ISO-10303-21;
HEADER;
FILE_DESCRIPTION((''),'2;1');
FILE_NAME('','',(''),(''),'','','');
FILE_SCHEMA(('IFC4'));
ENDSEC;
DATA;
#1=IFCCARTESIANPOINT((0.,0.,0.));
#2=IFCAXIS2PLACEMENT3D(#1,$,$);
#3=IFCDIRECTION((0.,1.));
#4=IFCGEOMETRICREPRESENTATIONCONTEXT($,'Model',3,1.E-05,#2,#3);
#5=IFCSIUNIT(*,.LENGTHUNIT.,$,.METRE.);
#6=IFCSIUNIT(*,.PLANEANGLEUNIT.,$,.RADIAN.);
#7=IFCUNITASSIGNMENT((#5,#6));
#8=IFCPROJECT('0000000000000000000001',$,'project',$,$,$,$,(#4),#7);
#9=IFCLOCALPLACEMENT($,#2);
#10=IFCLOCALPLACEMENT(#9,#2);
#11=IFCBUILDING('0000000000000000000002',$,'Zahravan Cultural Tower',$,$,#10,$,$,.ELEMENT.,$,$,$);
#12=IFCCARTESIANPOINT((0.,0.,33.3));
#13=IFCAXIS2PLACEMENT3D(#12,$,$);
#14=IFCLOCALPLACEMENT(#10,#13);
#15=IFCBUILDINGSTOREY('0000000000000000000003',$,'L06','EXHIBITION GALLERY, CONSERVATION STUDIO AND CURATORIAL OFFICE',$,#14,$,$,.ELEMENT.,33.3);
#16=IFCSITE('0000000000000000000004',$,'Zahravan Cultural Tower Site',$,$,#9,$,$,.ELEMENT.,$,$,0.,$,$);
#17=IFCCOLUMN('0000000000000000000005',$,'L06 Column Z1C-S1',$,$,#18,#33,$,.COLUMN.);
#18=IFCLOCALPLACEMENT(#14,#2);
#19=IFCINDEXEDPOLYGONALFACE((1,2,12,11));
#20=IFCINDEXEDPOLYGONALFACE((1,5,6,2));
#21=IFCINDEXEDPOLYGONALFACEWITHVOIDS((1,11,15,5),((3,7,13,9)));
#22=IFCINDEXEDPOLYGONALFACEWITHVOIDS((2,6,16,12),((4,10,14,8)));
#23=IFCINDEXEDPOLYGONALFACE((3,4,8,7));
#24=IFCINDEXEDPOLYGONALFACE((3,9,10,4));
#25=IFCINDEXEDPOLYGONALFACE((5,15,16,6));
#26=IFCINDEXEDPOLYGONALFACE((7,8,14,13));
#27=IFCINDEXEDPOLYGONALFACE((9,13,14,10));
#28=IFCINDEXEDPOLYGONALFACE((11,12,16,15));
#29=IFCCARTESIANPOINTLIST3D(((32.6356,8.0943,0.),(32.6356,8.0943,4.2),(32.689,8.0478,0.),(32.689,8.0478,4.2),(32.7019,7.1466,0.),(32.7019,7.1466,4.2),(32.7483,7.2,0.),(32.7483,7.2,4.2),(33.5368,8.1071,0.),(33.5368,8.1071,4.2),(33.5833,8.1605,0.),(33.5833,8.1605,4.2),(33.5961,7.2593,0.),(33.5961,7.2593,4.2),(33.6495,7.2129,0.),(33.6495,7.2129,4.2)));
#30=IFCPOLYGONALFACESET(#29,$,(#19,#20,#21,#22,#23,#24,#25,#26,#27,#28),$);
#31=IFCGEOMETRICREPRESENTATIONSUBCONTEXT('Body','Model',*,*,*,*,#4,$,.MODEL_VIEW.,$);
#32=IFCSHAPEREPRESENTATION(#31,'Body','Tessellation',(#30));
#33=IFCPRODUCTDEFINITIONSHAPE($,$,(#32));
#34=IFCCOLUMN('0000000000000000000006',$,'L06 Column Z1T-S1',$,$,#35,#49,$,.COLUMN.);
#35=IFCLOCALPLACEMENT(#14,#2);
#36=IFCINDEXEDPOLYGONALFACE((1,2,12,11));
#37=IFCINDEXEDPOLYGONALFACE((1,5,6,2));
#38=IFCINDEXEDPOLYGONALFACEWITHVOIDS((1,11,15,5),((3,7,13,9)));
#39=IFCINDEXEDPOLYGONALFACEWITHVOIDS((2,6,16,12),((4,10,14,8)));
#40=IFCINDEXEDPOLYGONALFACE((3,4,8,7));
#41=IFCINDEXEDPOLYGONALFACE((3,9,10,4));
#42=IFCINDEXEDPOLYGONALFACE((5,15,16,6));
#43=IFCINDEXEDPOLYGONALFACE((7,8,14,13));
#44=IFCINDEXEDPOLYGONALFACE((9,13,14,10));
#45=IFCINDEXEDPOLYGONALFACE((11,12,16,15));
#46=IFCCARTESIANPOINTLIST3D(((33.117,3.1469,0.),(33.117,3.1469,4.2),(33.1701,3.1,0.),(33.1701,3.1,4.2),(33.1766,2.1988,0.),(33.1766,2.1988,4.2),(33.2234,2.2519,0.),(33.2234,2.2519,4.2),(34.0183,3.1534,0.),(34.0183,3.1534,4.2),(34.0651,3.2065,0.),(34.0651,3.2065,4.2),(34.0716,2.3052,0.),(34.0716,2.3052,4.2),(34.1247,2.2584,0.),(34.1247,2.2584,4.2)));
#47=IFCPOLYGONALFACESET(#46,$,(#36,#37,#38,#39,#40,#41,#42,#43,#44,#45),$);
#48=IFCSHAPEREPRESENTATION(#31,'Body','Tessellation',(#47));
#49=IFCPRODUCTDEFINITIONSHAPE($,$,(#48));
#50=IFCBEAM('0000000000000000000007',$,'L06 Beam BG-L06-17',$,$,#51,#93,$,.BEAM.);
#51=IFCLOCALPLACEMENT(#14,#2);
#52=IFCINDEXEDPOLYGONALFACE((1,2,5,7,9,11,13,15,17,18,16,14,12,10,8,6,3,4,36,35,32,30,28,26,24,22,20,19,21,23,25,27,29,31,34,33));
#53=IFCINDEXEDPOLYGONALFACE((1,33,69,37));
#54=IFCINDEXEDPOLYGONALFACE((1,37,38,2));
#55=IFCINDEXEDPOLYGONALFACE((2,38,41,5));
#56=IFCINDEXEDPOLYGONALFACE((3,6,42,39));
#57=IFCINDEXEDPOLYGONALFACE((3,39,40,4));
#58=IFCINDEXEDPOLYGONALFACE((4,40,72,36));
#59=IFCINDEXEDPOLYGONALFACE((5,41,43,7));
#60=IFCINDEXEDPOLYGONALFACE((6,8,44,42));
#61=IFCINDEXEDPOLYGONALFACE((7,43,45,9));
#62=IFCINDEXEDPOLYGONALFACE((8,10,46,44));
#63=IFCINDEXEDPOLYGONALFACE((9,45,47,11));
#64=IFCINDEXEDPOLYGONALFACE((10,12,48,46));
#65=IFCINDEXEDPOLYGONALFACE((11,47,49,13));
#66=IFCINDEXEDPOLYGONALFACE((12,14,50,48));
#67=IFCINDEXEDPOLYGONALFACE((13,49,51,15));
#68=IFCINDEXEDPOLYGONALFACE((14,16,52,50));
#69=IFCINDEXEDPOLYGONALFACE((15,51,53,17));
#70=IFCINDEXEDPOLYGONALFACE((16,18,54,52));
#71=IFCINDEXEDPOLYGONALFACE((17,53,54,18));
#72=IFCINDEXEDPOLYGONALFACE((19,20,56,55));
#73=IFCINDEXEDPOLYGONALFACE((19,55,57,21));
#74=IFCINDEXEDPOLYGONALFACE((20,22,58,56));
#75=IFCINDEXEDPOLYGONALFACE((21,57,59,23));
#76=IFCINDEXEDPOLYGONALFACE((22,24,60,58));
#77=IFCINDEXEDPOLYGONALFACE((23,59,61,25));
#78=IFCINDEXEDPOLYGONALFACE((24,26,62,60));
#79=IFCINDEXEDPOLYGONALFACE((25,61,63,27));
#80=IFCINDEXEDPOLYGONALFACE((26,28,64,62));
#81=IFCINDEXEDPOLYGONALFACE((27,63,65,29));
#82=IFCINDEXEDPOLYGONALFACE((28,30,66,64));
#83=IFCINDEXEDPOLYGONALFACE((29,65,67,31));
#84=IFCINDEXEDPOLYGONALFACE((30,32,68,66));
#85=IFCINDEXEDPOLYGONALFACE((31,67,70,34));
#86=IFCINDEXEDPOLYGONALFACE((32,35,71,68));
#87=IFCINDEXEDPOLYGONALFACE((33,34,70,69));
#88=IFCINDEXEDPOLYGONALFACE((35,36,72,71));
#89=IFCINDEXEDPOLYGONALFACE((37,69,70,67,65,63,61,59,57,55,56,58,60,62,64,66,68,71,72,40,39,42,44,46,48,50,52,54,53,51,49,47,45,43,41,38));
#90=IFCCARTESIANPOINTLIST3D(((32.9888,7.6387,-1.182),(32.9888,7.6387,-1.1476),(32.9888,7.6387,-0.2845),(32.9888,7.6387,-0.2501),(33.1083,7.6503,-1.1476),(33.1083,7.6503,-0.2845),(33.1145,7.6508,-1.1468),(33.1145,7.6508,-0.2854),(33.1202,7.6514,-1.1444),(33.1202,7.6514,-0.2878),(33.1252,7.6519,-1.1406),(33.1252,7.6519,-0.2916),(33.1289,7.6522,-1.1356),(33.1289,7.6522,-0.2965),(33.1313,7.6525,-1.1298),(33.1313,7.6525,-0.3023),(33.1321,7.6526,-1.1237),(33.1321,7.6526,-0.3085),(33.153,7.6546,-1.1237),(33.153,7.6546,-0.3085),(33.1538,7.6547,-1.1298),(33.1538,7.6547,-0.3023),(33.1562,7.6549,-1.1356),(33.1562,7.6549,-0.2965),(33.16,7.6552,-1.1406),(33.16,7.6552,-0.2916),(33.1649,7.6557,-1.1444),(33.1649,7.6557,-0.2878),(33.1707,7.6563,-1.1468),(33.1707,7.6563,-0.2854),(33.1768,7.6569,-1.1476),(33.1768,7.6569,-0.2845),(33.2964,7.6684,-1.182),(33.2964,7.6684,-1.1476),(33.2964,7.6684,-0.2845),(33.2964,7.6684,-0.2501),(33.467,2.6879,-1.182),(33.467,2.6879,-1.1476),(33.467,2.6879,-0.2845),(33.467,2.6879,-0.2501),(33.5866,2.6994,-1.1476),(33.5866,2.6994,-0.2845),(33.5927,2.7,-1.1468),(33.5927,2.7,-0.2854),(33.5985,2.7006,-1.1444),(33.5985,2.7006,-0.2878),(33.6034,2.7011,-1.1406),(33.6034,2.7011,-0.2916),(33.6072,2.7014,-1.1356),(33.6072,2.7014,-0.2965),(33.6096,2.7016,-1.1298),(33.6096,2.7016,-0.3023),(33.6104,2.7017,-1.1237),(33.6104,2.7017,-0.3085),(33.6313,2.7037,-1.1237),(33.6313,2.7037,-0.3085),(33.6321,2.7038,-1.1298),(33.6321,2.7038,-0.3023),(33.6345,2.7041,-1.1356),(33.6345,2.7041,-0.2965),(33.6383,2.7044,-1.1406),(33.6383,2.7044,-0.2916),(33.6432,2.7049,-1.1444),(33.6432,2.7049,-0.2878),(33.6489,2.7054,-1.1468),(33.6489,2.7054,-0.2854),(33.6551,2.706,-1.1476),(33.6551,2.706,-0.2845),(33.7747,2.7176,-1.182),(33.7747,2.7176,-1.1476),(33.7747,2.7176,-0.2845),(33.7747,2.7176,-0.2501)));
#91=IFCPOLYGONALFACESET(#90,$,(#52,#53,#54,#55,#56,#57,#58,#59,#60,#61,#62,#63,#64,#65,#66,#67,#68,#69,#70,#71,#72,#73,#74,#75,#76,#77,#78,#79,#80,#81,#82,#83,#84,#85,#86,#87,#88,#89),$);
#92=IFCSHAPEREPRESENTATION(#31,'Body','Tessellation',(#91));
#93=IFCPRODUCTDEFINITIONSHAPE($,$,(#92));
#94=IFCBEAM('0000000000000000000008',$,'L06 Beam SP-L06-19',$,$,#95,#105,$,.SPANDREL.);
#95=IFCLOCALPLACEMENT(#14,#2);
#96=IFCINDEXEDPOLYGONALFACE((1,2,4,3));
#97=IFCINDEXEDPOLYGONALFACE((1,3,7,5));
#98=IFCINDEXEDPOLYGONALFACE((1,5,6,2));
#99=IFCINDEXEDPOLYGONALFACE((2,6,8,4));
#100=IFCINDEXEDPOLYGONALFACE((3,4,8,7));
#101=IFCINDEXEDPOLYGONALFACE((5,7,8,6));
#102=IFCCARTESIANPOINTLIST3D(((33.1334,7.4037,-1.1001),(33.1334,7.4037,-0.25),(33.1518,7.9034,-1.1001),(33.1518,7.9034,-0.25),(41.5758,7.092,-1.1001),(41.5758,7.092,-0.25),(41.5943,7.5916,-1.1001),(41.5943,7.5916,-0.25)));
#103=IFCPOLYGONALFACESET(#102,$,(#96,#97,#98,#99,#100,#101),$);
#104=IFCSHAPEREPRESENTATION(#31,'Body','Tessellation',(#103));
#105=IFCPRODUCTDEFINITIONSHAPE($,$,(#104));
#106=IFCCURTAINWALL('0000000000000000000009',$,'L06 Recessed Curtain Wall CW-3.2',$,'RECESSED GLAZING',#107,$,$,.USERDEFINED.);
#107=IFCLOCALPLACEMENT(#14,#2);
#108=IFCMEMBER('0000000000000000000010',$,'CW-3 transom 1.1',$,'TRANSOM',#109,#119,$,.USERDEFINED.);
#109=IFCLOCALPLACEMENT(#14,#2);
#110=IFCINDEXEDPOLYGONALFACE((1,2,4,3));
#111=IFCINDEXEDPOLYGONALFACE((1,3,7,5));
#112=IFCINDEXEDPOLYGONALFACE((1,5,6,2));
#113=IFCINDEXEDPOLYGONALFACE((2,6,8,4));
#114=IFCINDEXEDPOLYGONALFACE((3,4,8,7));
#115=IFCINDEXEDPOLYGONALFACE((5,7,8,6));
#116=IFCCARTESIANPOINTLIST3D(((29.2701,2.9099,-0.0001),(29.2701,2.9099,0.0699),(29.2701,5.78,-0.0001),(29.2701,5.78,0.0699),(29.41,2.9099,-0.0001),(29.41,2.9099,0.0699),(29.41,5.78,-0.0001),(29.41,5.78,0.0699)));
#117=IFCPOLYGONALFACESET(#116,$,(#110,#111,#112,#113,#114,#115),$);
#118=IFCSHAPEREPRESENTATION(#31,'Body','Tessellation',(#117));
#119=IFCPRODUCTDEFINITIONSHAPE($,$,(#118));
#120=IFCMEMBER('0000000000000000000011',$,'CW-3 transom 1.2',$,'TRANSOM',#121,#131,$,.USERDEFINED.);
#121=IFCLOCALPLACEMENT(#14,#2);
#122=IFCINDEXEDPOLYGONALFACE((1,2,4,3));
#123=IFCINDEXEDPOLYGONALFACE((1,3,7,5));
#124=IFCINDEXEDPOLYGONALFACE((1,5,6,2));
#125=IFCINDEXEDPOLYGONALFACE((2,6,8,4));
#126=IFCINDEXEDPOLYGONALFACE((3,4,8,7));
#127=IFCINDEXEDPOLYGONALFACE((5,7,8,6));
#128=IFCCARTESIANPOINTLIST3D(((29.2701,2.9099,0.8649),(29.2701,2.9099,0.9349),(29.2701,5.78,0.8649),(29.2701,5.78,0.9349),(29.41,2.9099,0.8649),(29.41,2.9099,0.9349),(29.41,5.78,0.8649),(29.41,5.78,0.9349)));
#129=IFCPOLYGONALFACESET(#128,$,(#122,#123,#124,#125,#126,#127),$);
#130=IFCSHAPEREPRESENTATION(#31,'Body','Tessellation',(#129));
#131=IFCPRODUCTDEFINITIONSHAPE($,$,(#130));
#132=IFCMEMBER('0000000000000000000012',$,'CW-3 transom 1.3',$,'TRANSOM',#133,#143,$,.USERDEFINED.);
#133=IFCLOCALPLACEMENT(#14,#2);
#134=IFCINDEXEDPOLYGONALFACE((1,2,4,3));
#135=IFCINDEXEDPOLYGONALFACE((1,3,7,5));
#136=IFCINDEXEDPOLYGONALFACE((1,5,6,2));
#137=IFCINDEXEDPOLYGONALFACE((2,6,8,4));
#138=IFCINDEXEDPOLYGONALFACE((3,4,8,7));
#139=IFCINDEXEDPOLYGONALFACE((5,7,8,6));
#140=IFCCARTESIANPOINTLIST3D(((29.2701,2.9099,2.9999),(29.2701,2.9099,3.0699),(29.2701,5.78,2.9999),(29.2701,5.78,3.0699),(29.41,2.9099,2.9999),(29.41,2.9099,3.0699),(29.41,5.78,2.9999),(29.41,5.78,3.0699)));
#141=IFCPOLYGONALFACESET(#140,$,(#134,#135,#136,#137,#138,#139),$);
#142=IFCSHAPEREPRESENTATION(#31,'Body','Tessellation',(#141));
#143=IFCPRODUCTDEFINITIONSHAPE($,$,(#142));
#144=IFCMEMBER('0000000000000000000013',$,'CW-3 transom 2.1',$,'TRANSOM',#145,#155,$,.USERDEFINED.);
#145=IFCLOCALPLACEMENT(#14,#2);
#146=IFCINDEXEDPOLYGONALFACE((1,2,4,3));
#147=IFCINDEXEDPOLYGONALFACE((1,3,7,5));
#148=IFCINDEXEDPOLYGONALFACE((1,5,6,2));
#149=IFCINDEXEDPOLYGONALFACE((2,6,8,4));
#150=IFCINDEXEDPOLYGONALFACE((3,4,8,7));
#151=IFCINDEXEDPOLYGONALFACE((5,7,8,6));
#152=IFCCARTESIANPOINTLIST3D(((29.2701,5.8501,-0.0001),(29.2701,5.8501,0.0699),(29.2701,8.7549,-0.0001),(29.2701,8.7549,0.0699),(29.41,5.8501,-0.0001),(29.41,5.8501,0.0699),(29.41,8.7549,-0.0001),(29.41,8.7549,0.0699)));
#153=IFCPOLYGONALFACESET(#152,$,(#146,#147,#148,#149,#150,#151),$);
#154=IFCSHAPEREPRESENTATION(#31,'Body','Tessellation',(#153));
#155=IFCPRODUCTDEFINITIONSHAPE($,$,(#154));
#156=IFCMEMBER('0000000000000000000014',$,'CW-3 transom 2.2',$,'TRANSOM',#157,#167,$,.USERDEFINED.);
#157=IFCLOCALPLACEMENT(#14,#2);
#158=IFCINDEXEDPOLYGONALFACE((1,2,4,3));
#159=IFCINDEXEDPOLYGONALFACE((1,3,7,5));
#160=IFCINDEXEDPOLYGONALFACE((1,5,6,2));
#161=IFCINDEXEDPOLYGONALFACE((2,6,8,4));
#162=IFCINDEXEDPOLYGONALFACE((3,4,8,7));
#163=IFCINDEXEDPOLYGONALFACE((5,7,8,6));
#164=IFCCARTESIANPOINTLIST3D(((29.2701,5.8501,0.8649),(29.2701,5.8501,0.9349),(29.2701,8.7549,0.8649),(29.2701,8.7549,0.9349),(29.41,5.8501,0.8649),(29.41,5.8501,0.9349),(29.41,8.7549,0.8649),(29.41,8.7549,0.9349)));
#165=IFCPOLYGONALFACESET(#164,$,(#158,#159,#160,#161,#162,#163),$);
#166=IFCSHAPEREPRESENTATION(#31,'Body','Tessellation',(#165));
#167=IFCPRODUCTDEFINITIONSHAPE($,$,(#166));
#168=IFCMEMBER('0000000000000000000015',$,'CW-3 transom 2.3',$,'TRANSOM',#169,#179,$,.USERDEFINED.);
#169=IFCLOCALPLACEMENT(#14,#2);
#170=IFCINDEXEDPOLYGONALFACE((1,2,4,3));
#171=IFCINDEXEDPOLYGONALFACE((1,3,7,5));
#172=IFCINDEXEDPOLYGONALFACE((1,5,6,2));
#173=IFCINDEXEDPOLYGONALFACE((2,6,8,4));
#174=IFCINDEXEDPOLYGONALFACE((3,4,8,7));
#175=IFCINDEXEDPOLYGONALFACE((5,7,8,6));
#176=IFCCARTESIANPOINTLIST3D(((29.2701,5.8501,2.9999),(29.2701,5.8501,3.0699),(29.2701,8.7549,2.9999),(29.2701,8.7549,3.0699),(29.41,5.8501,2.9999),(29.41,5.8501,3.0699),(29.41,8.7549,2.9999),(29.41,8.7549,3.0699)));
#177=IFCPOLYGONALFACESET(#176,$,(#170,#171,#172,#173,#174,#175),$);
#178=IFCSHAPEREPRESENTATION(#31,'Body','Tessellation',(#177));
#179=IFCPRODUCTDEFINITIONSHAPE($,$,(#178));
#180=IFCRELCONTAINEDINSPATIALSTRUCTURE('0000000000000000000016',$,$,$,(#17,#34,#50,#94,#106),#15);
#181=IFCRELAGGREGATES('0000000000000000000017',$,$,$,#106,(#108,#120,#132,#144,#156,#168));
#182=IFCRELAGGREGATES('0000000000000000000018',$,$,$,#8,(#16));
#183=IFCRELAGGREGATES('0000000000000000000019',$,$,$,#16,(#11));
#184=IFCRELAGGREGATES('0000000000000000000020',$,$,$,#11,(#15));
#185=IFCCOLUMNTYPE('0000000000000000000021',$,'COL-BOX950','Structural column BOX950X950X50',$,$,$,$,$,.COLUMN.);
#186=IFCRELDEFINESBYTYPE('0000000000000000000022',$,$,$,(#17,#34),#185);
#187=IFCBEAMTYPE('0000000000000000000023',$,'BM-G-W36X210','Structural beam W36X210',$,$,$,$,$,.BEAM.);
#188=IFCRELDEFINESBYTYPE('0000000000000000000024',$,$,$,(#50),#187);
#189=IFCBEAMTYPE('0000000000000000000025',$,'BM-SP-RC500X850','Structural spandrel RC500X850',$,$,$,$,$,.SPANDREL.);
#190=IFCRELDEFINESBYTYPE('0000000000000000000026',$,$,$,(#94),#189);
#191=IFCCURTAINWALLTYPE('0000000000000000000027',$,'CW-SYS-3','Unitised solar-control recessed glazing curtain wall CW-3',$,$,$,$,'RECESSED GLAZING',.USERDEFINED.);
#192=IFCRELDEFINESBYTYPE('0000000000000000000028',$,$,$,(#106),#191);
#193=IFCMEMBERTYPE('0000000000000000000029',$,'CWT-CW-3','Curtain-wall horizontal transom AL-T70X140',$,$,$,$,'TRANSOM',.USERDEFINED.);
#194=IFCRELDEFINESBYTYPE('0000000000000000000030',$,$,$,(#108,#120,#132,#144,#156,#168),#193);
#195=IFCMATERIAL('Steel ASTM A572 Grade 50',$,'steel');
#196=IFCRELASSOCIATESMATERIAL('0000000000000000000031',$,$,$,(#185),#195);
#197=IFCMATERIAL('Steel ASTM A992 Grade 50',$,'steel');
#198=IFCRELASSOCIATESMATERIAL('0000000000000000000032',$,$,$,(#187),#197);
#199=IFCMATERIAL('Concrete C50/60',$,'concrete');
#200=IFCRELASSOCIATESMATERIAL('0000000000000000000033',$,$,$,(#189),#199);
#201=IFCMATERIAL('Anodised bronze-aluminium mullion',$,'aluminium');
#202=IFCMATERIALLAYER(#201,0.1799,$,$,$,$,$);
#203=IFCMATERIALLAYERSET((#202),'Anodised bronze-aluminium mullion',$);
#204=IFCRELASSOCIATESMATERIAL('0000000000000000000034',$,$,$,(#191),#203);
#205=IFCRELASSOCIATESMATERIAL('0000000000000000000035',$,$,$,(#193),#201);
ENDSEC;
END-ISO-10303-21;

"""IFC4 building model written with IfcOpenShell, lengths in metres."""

from ifc_helpers import new_model, si_unit, direction, frame, origin, origin_2d, place, context, subcontext, project, spatial, rectangle, hollow_rectangle, i_section, extrude, source, transform, mapped, material, layer, layer_set, material_profile, profile_set, type_object, element, aggregate, save


model = new_model("IFC4")

# Units and contexts
model_context = context("Model", 3, precision=1e-05, world=origin(), true_north=direction((0.0, 1.0)))
body_context = subcontext(model_context, "Body", "Model", "MODEL_VIEW")
ifc_project = project(units=[si_unit("LENGTHUNIT", "METRE"), si_unit("PLANEANGLEUNIT", "RADIAN")], contexts=[model_context])

# Site, building, storey
site_placement = place(None, origin())
site = spatial("IfcSite", under=ifc_project, at=site_placement, Name="Zahravan Cultural Tower Site", CompositionType="ELEMENT", RefElevation=0.0)
building_placement = place(site_placement, origin())
building = spatial("IfcBuilding", under=site, at=building_placement, Name="Zahravan Cultural Tower", CompositionType="ELEMENT")
storey_placement = place(building_placement, frame((0.0, 0.0, 33.3)))
storey = spatial("IfcBuildingStorey", under=building, at=storey_placement, Name="L06", Description="EXHIBITION GALLERY, CONSERVATION STUDIO AND CURATORIAL OFFICE", CompositionType="ELEMENT", Elevation=33.3)

# Columns
ifc_material_1 = material(Name="Steel ASTM A572 Grade 50", Category="steel")
ifc_material_profile_1 = material_profile(ifc_material_1, hollow_rectangle(XDim=0.95, YDim=0.95, WallThickness=0.05, at=origin_2d()), Name="BOX950X950X50")
ifc_profile_set_1 = profile_set([ifc_material_profile_1], Name="Steel ASTM A572 Grade 50")
column_type = type_object("IfcColumnType", Name="COL-BOX950", Description="Structural column BOX950X950X50", PredefinedType="COLUMN", material=ifc_profile_set_1)
shared_shape_1 = source(origin(), body_context, "Body", "SweptSolid", [
    extrude(hollow_rectangle(XDim=0.95, YDim=0.95, WallThickness=0.05, at=origin_2d()), origin(), (0.0, 0.0, 1.0), 4.2),
])
for number, where, z_axis, x_axis, name in (
    (1, (33.1426, 7.6536, 0.0), (0.0, 0.0, 1.0), (-0.069756, 0.997564, 0.0), "L06 Column Z1C-S1"),
    (2, (33.6208, 2.7026, 0.0), (0.0, 0.0, 1.0), (-0.062791, 0.998027, 0.0), "L06 Column Z1T-S1"),
):
    element("IfcColumn", number, at=place(storey_placement, frame(where, z_axis=z_axis, x_axis=x_axis)), inside=storey, type_object=column_type, Name=name, PredefinedType="COLUMN", context=body_context, shape_type="MappedRepresentation", body=[
        mapped(shared_shape_1, transform((0.0, 0.0, 0.0), x_axis=(1.0, 0.0, 0.0), y_axis=(0.0, 1.0, 0.0), z_axis=(0.0, 0.0, 1.0), scale=1.0)),
    ])

# Beams
ifc_material_2 = material(Name="Steel ASTM A992 Grade 50", Category="steel")
ifc_material_profile_2 = material_profile(ifc_material_2, i_section(OverallWidth=0.3091, OverallDepth=0.9319, WebThickness=0.021, FlangeThickness=0.0344, FilletRadius=0.0239, at=origin_2d()), Name="W36X210")
ifc_profile_set_2 = profile_set([ifc_material_profile_2], Name="Steel ASTM A992 Grade 50")
beam_type_1 = type_object("IfcBeamType", Name="BM-G-W36X210", Description="Structural beam W36X210", PredefinedType="BEAM", material=ifc_profile_set_2)
shared_shape_2 = source(origin(), body_context, "Body", "SweptSolid", [
    extrude(i_section(OverallWidth=0.3091, OverallDepth=0.9319, WebThickness=0.021, FlangeThickness=0.0344, FilletRadius=0.0239, at=origin_2d()), origin(), (0.0, 0.0, 1.0), 4.9739),
])
beam_1_placement = place(storey_placement, frame((33.1426, 7.6536, -0.7161), z_axis=(0.096155, -0.995366, 0.0), x_axis=(0.995366, 0.096155, 0.0)))
element("IfcBeam", 3, at=beam_1_placement, inside=storey, type_object=beam_type_1, Name="L06 Beam BG-L06-17", PredefinedType="BEAM", context=body_context, shape_type="MappedRepresentation", body=[
    mapped(shared_shape_2, transform((0.0, 0.0, 0.0), x_axis=(1.0, 0.0, 0.0), y_axis=(0.0, 1.0, 0.0), z_axis=(0.0, 0.0, 1.0), scale=1.0)),
])
ifc_material_3 = material(Name="Concrete C50/60", Category="concrete")
ifc_material_profile_3 = material_profile(ifc_material_3, rectangle(XDim=0.5, YDim=0.8501, at=origin_2d()), Name="RC500X850")
ifc_profile_set_3 = profile_set([ifc_material_profile_3], Name="Concrete C50/60")
beam_type_2 = type_object("IfcBeamType", Name="BM-SP-RC500X850", Description="Structural spandrel RC500X850", PredefinedType="SPANDREL", material=ifc_profile_set_3)
shared_shape_3 = source(origin(), body_context, "Body", "SweptSolid", [
    extrude(rectangle(XDim=0.5, YDim=0.8501, at=origin_2d()), origin(), (0.0, 0.0, 1.0), 8.4482),
])
beam_2_placement = place(storey_placement, frame((33.1426, 7.6536, -0.675), z_axis=(0.999319, -0.036904, 0.0), x_axis=(0.036904, 0.999319, 0.0)))
element("IfcBeam", 4, at=beam_2_placement, inside=storey, type_object=beam_type_2, Name="L06 Beam SP-L06-19", PredefinedType="SPANDREL", context=body_context, shape_type="MappedRepresentation", body=[
    mapped(shared_shape_3, transform((0.0, 0.0, 0.0), x_axis=(1.0, 0.0, 0.0), y_axis=(0.0, 1.0, 0.0), z_axis=(0.0, 0.0, 1.0), scale=1.0)),
])

# Curtain wall, members
ifc_material_4 = material(Name="Anodised bronze-aluminium mullion", Category="aluminium")
ifc_layer_1 = layer(ifc_material_4, 0.1799)
ifc_layer_set_1 = layer_set([ifc_layer_1], Name="Anodised bronze-aluminium mullion")
curtain_wall_type = type_object("IfcCurtainWallType", Name="CW-SYS-3", Description="Unitised solar-control recessed glazing curtain wall CW-3", ElementType="RECESSED GLAZING", PredefinedType="USERDEFINED", material=ifc_layer_set_1)
curtain_wall_placement = place(storey_placement, origin())
curtain_wall = element("IfcCurtainWall", 5, at=curtain_wall_placement, inside=storey, type_object=curtain_wall_type, Name="L06 Recessed Curtain Wall CW-3.2", ObjectType="RECESSED GLAZING", PredefinedType="USERDEFINED")
ifc_material_profile_4 = material_profile(ifc_material_4, rectangle(XDim=0.1399, YDim=0.0701, at=origin_2d()), Name="AL-T70X140")
ifc_profile_set_4 = profile_set([ifc_material_profile_4], Name="Anodised bronze-aluminium mullion")
member_type_1 = type_object("IfcMemberType", Name="CWT-CW-3", Description="Curtain-wall horizontal transom AL-T70X140", ElementType="TRANSOM", PredefinedType="USERDEFINED", material=ifc_profile_set_4)
shared_shape_4 = source(origin(), body_context, "Body", "SweptSolid", [
    extrude(rectangle(XDim=0.1399, YDim=0.0701, at=origin_2d()), origin(), (0.0, 0.0, 1.0), 2.8701),
])
member_1_placement = place(storey_placement, frame((29.3401, 2.9099, 0.0349), z_axis=(0.0, 1.0, 0.0), x_axis=(-1.0, 0.0, 0.0)))
member_1 = element("IfcMember", 6, at=member_1_placement, type_object=member_type_1, Name="CW-3 transom 1.1", ObjectType="TRANSOM", PredefinedType="USERDEFINED", context=body_context, shape_type="MappedRepresentation", body=[
    mapped(shared_shape_4, transform((0.0, 0.0, 0.0), x_axis=(1.0, 0.0, 0.0), y_axis=(0.0, 1.0, 0.0), z_axis=(0.0, 0.0, 1.0), scale=1.0)),
])
member_2_placement = place(storey_placement, frame((29.3401, 2.9099, 0.8999), z_axis=(0.0, 1.0, 0.0), x_axis=(-1.0, 0.0, 0.0)))
member_2 = element("IfcMember", 7, at=member_2_placement, type_object=member_type_1, Name="CW-3 transom 1.2", ObjectType="TRANSOM", PredefinedType="USERDEFINED", context=body_context, shape_type="MappedRepresentation", body=[
    mapped(shared_shape_4, transform((0.0, 0.0, 0.0), x_axis=(1.0, 0.0, 0.0), y_axis=(0.0, 1.0, 0.0), z_axis=(0.0, 0.0, 1.0), scale=1.0)),
])
member_3_placement = place(storey_placement, frame((29.3401, 2.9099, 3.0349), z_axis=(0.0, 1.0, 0.0), x_axis=(-1.0, 0.0, 0.0)))
member_3 = element("IfcMember", 8, at=member_3_placement, type_object=member_type_1, Name="CW-3 transom 1.3", ObjectType="TRANSOM", PredefinedType="USERDEFINED", context=body_context, shape_type="MappedRepresentation", body=[
    mapped(shared_shape_4, transform((0.0, 0.0, 0.0), x_axis=(1.0, 0.0, 0.0), y_axis=(0.0, 1.0, 0.0), z_axis=(0.0, 0.0, 1.0), scale=1.0)),
])
shared_shape_5 = source(origin(), body_context, "Body", "SweptSolid", [
    extrude(rectangle(XDim=0.1399, YDim=0.0701, at=origin_2d()), origin(), (0.0, 0.0, 1.0), 2.9048),
])
member_4_placement = place(storey_placement, frame((29.3401, 5.8501, 0.0349), z_axis=(0.0, 1.0, 0.0), x_axis=(-1.0, 0.0, 0.0)))
member_4 = element("IfcMember", 9, at=member_4_placement, type_object=member_type_1, Name="CW-3 transom 2.1", ObjectType="TRANSOM", PredefinedType="USERDEFINED", context=body_context, shape_type="MappedRepresentation", body=[
    mapped(shared_shape_5, transform((0.0, 0.0, 0.0), x_axis=(1.0, 0.0, 0.0), y_axis=(0.0, 1.0, 0.0), z_axis=(0.0, 0.0, 1.0), scale=1.0)),
])
member_5_placement = place(storey_placement, frame((29.3401, 5.8501, 0.8999), z_axis=(0.0, 1.0, 0.0), x_axis=(-1.0, 0.0, 0.0)))
member_5 = element("IfcMember", 10, at=member_5_placement, type_object=member_type_1, Name="CW-3 transom 2.2", ObjectType="TRANSOM", PredefinedType="USERDEFINED", context=body_context, shape_type="MappedRepresentation", body=[
    mapped(shared_shape_5, transform((0.0, 0.0, 0.0), x_axis=(1.0, 0.0, 0.0), y_axis=(0.0, 1.0, 0.0), z_axis=(0.0, 0.0, 1.0), scale=1.0)),
])
member_6_placement = place(storey_placement, frame((29.3401, 5.8501, 3.0349), z_axis=(0.0, 1.0, 0.0), x_axis=(-1.0, 0.0, 0.0)))
member_6 = element("IfcMember", 11, at=member_6_placement, type_object=member_type_1, Name="CW-3 transom 2.3", ObjectType="TRANSOM", PredefinedType="USERDEFINED", context=body_context, shape_type="MappedRepresentation", body=[
    mapped(shared_shape_5, transform((0.0, 0.0, 0.0), x_axis=(1.0, 0.0, 0.0), y_axis=(0.0, 1.0, 0.0), z_axis=(0.0, 0.0, 1.0), scale=1.0)),
])
aggregate(curtain_wall, [member_1, member_2, member_3, member_4, member_5, member_6])

save(model, "model.ifc")
